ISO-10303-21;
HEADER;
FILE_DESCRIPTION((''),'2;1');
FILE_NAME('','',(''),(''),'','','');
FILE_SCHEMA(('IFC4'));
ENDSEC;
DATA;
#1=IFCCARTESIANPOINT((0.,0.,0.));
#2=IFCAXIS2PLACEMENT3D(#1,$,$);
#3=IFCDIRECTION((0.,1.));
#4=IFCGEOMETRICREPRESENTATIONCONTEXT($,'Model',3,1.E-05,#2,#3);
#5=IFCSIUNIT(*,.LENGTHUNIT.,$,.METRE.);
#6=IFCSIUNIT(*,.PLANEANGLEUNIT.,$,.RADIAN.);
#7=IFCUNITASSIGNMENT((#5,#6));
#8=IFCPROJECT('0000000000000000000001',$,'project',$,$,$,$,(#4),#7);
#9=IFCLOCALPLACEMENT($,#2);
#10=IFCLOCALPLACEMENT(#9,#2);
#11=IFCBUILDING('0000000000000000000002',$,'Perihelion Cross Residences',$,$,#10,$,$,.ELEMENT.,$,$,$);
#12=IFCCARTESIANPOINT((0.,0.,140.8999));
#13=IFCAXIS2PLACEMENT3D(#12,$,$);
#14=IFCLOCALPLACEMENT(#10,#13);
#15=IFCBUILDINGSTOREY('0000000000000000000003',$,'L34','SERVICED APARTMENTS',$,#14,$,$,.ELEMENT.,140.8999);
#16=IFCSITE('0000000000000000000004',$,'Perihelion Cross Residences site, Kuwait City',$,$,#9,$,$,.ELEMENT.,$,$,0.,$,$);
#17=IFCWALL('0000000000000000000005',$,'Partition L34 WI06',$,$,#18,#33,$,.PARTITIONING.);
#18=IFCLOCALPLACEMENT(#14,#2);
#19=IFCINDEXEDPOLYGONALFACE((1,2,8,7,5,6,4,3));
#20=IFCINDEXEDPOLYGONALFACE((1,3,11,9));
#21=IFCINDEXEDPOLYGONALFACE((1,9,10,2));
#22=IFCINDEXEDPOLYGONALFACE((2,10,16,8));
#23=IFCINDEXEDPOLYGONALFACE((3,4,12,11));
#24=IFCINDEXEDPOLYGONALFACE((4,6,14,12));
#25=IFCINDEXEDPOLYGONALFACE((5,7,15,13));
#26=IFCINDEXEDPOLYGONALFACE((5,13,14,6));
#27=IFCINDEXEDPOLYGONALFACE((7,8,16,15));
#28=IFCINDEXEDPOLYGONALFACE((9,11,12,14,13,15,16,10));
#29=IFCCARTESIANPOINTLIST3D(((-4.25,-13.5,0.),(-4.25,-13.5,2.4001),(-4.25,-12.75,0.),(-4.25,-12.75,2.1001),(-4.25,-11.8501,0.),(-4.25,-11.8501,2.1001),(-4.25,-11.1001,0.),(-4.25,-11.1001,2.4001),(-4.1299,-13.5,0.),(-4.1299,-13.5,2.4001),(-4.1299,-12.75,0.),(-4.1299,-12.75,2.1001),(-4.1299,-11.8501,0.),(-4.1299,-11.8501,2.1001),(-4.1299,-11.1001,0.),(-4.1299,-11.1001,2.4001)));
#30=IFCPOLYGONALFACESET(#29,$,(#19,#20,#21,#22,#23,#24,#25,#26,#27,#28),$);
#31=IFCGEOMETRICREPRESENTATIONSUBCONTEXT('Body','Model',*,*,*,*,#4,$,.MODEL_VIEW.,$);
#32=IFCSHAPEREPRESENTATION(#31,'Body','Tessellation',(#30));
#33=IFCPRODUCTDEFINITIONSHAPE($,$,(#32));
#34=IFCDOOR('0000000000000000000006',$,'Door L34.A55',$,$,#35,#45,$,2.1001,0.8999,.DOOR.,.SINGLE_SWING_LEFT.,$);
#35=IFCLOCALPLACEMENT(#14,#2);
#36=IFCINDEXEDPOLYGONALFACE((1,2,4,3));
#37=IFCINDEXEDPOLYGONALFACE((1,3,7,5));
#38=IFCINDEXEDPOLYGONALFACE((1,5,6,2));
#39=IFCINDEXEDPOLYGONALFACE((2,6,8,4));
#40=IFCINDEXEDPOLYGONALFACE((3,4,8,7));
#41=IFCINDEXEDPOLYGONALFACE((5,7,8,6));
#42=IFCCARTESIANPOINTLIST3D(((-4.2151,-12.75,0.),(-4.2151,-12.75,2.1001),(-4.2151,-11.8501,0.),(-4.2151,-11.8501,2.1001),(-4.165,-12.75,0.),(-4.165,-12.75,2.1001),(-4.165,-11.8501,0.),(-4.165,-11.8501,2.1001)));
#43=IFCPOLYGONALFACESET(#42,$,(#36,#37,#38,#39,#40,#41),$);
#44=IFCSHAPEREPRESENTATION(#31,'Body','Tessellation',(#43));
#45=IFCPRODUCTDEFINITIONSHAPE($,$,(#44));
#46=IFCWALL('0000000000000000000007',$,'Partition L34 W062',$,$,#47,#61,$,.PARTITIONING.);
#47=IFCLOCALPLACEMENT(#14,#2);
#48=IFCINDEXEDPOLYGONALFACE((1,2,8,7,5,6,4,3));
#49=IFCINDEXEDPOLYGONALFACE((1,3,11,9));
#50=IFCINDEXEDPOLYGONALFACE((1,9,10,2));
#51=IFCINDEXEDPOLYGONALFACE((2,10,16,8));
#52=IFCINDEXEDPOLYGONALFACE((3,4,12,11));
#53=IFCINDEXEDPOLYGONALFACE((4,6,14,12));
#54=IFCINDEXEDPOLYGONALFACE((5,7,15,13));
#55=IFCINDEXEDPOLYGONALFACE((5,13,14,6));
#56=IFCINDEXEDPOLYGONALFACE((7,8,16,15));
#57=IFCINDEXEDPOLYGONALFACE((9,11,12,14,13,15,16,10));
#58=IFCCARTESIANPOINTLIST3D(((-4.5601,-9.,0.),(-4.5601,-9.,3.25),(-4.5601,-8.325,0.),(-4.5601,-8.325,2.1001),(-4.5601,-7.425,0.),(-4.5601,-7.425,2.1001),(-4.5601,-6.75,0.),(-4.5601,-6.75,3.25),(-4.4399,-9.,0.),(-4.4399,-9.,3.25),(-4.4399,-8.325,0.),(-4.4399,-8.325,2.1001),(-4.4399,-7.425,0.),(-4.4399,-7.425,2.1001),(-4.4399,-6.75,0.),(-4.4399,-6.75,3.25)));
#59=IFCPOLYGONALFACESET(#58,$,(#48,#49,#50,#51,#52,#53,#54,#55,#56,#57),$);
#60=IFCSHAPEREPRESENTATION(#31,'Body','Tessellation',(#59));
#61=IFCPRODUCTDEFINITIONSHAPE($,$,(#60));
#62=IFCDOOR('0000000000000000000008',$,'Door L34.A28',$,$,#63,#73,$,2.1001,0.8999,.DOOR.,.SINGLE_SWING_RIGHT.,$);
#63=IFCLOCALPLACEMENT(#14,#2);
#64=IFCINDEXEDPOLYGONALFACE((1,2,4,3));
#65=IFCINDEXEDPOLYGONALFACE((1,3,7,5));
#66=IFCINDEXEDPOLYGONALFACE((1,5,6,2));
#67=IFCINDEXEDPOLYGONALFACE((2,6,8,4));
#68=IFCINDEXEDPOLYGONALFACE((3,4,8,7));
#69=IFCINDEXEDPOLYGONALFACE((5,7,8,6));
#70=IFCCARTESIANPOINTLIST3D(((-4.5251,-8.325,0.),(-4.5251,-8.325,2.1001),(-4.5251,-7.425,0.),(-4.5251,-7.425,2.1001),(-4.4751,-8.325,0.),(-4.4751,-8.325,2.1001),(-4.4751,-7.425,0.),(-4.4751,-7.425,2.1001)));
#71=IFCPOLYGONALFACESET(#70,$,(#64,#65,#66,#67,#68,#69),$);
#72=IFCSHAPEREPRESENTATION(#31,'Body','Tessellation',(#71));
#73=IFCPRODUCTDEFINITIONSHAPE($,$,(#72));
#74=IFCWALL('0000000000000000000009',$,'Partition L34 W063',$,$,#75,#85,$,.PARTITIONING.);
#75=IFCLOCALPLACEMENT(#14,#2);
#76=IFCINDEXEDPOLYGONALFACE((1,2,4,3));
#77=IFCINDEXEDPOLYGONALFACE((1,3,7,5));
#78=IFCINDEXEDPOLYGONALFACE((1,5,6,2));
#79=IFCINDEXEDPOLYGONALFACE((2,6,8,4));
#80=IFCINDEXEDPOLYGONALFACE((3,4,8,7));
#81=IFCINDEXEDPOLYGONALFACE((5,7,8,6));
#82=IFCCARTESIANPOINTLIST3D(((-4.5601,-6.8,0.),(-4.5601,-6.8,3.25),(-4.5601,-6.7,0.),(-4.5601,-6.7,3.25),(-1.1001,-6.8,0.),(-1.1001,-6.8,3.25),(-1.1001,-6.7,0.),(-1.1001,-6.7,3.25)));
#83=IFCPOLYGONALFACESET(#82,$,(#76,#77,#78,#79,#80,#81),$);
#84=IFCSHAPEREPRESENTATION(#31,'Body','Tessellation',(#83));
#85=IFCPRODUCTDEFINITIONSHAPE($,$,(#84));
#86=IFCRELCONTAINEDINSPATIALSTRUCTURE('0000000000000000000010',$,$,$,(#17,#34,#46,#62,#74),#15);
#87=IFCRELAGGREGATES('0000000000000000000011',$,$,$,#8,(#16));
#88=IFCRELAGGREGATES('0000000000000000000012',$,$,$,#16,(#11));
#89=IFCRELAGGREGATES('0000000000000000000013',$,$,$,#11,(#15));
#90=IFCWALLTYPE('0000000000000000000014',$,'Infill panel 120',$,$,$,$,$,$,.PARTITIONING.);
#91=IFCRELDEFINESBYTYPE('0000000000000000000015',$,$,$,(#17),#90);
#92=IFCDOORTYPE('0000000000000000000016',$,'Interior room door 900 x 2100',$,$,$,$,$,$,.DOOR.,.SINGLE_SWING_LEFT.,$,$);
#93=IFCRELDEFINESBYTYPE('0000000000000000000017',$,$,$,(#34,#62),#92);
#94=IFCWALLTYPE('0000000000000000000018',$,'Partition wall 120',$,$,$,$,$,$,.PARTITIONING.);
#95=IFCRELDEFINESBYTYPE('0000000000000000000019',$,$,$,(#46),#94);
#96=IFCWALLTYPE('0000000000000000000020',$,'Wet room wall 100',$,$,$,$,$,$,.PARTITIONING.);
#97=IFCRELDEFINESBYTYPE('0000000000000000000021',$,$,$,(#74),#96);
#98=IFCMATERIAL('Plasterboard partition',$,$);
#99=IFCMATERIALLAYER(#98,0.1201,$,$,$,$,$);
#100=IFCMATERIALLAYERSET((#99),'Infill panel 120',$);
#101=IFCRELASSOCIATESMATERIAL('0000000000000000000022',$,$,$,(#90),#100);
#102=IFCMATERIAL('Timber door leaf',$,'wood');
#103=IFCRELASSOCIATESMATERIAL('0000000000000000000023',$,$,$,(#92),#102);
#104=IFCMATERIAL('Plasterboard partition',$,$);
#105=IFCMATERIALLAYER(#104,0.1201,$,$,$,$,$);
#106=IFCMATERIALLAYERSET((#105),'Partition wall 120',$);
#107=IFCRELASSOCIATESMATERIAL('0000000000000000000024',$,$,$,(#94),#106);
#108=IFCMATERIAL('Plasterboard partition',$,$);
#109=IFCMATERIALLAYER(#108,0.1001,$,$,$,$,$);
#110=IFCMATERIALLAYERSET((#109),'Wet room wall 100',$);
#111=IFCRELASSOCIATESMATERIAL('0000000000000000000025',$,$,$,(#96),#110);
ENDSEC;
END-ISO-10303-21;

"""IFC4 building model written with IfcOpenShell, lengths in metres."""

from ifc_helpers import new_model, si_unit, direction, frame, frame_2d, origin, place, context, subcontext, project, spatial, rectangle, extrude, material, layer, layer_set, type_object, element, fill, save


model = new_model("IFC4")

# Units and contexts
model_context = context("Model", 3, precision=1e-05, world=origin(), true_north=direction((0.0, 1.0)))
body_context = subcontext(model_context, "Body", "Model", "MODEL_VIEW")
ifc_project = project(units=[si_unit("LENGTHUNIT", "METRE"), si_unit("PLANEANGLEUNIT", "RADIAN")], contexts=[model_context])

# Site, building, storey
site_placement = place(None, origin())
site = spatial("IfcSite", under=ifc_project, at=site_placement, Name="Perihelion Cross Residences site, Kuwait City", CompositionType="ELEMENT", RefElevation=0.0)
building_placement = place(site_placement, origin())
building = spatial("IfcBuilding", under=site, at=building_placement, Name="Perihelion Cross Residences", CompositionType="ELEMENT")
storey_placement = place(building_placement, frame((0.0, 0.0, 140.8999)))
storey = spatial("IfcBuildingStorey", under=building, at=storey_placement, Name="L34", Description="SERVICED APARTMENTS", CompositionType="ELEMENT", Elevation=140.8999)

# Walls, openings, doors
ifc_material_1 = material(Name="Plasterboard partition")
ifc_layer_1 = layer(ifc_material_1, 0.1201)
ifc_layer_set_1 = layer_set([ifc_layer_1], Name="Infill panel 120")
wall_type_1 = type_object("IfcWallType", Name="Infill panel 120", PredefinedType="PARTITIONING", material=ifc_layer_set_1)
wall_1_placement = place(storey_placement, frame((-4.1899, -11.1001, 0.0), z_axis=(0.0, 0.0, 1.0), x_axis=(0.0, -1.0, 0.0)))
wall_1 = element("IfcWall", 1, at=wall_1_placement, inside=storey, type_object=wall_type_1, Name="Partition L34 WI06", PredefinedType="PARTITIONING", context=body_context, shape_type="SweptSolid", body=[
    extrude(rectangle(XDim=2.3999, YDim=0.1201, at=frame_2d((1.2, 0.0))), origin(), (0.0, 0.0, 1.0), 2.4001),
])
opening_1_placement = place(wall_1_placement, frame((0.75, 0.0, 0.0)))
opening_1 = element("IfcOpeningElement", 2, at=opening_1_placement, cuts=wall_1, PredefinedType="OPENING", context=body_context, shape_type="SweptSolid", body=[
    extrude(rectangle(XDim=0.8999, YDim=2.1001, at=frame_2d((0.45, 1.05))), frame((0.0, 0.0701, 0.0), z_axis=(0.0, -1.0, 0.0), x_axis=(1.0, 0.0, 0.0)), (0.0, 0.0, 1.0), 0.1401),
])
ifc_material_2 = material(Name="Timber door leaf", Category="wood")
door_type = type_object("IfcDoorType", Name="Interior room door 900 x 2100", OperationType="SINGLE_SWING_LEFT", PredefinedType="DOOR", material=ifc_material_2)
door_1_placement = place(opening_1_placement, origin())
door_1 = element("IfcDoor", 3, at=door_1_placement, inside=storey, type_object=door_type, Name="Door L34.A55", OperationType="SINGLE_SWING_LEFT", OverallHeight=2.1001, OverallWidth=0.8999, PredefinedType="DOOR", context=body_context, shape_type="SweptSolid", body=[
    extrude(rectangle(XDim=0.8999, YDim=2.1001, at=frame_2d((0.45, 1.05))), frame((0.0, 0.0249, 0.0), z_axis=(0.0, -1.0, 0.0), x_axis=(1.0, 0.0, 0.0)), (0.0, 0.0, 1.0), 0.05),
])
fill(opening_1, door_1)
ifc_material_3 = material(Name="Plasterboard partition")
ifc_layer_2 = layer(ifc_material_3, 0.1201)
ifc_layer_set_2 = layer_set([ifc_layer_2], Name="Partition wall 120")
wall_type_2 = type_object("IfcWallType", Name="Partition wall 120", PredefinedType="PARTITIONING", material=ifc_layer_set_2)
wall_2_placement = place(storey_placement, frame((-4.5, -6.75, 0.0), z_axis=(0.0, 0.0, 1.0), x_axis=(0.0, -1.0, 0.0)))
wall_2 = element("IfcWall", 4, at=wall_2_placement, inside=storey, type_object=wall_type_2, Name="Partition L34 W062", PredefinedType="PARTITIONING", context=body_context, shape_type="SweptSolid", body=[
    extrude(rectangle(XDim=2.25, YDim=0.1201, at=frame_2d((1.125, 0.0))), origin(), (0.0, 0.0, 1.0), 3.25),
])
opening_2_placement = place(wall_2_placement, frame((0.675, 0.0, 0.0)))
opening_2 = element("IfcOpeningElement", 5, at=opening_2_placement, cuts=wall_2, PredefinedType="OPENING", context=body_context, shape_type="SweptSolid", body=[
    extrude(rectangle(XDim=0.8999, YDim=2.1001, at=frame_2d((0.45, 1.05))), frame((0.0, 0.0701, 0.0), z_axis=(0.0, -1.0, 0.0), x_axis=(1.0, 0.0, 0.0)), (0.0, 0.0, 1.0), 0.1401),
])
door_2_placement = place(opening_2_placement, origin())
door_2 = element("IfcDoor", 6, at=door_2_placement, inside=storey, type_object=door_type, Name="Door L34.A28", OperationType="SINGLE_SWING_RIGHT", OverallHeight=2.1001, OverallWidth=0.8999, PredefinedType="DOOR", context=body_context, shape_type="SweptSolid", body=[
    extrude(rectangle(XDim=0.8999, YDim=2.1001, at=frame_2d((0.45, 1.05))), frame((0.0, 0.0249, 0.0), z_axis=(0.0, -1.0, 0.0), x_axis=(1.0, 0.0, 0.0)), (0.0, 0.0, 1.0), 0.05),
])
fill(opening_2, door_2)

# Wall
ifc_material_4 = material(Name="Plasterboard partition")
ifc_layer_3 = layer(ifc_material_4, 0.1001)
ifc_layer_set_3 = layer_set([ifc_layer_3], Name="Wet room wall 100")
wall_type_3 = type_object("IfcWallType", Name="Wet room wall 100", PredefinedType="PARTITIONING", material=ifc_layer_set_3)
wall_3_placement = place(storey_placement, frame((-1.1001, -6.75, 0.0), z_axis=(0.0, 0.0, 1.0), x_axis=(-1.0, 0.0, 0.0)))
element("IfcWall", 7, at=wall_3_placement, inside=storey, type_object=wall_type_3, Name="Partition L34 W063", PredefinedType="PARTITIONING", context=body_context, shape_type="SweptSolid", body=[
    extrude(rectangle(XDim=3.46, YDim=0.1001, at=frame_2d((1.73, 0.0))), origin(), (0.0, 0.0, 1.0), 3.25),
])

save(model, "model.ifc")
